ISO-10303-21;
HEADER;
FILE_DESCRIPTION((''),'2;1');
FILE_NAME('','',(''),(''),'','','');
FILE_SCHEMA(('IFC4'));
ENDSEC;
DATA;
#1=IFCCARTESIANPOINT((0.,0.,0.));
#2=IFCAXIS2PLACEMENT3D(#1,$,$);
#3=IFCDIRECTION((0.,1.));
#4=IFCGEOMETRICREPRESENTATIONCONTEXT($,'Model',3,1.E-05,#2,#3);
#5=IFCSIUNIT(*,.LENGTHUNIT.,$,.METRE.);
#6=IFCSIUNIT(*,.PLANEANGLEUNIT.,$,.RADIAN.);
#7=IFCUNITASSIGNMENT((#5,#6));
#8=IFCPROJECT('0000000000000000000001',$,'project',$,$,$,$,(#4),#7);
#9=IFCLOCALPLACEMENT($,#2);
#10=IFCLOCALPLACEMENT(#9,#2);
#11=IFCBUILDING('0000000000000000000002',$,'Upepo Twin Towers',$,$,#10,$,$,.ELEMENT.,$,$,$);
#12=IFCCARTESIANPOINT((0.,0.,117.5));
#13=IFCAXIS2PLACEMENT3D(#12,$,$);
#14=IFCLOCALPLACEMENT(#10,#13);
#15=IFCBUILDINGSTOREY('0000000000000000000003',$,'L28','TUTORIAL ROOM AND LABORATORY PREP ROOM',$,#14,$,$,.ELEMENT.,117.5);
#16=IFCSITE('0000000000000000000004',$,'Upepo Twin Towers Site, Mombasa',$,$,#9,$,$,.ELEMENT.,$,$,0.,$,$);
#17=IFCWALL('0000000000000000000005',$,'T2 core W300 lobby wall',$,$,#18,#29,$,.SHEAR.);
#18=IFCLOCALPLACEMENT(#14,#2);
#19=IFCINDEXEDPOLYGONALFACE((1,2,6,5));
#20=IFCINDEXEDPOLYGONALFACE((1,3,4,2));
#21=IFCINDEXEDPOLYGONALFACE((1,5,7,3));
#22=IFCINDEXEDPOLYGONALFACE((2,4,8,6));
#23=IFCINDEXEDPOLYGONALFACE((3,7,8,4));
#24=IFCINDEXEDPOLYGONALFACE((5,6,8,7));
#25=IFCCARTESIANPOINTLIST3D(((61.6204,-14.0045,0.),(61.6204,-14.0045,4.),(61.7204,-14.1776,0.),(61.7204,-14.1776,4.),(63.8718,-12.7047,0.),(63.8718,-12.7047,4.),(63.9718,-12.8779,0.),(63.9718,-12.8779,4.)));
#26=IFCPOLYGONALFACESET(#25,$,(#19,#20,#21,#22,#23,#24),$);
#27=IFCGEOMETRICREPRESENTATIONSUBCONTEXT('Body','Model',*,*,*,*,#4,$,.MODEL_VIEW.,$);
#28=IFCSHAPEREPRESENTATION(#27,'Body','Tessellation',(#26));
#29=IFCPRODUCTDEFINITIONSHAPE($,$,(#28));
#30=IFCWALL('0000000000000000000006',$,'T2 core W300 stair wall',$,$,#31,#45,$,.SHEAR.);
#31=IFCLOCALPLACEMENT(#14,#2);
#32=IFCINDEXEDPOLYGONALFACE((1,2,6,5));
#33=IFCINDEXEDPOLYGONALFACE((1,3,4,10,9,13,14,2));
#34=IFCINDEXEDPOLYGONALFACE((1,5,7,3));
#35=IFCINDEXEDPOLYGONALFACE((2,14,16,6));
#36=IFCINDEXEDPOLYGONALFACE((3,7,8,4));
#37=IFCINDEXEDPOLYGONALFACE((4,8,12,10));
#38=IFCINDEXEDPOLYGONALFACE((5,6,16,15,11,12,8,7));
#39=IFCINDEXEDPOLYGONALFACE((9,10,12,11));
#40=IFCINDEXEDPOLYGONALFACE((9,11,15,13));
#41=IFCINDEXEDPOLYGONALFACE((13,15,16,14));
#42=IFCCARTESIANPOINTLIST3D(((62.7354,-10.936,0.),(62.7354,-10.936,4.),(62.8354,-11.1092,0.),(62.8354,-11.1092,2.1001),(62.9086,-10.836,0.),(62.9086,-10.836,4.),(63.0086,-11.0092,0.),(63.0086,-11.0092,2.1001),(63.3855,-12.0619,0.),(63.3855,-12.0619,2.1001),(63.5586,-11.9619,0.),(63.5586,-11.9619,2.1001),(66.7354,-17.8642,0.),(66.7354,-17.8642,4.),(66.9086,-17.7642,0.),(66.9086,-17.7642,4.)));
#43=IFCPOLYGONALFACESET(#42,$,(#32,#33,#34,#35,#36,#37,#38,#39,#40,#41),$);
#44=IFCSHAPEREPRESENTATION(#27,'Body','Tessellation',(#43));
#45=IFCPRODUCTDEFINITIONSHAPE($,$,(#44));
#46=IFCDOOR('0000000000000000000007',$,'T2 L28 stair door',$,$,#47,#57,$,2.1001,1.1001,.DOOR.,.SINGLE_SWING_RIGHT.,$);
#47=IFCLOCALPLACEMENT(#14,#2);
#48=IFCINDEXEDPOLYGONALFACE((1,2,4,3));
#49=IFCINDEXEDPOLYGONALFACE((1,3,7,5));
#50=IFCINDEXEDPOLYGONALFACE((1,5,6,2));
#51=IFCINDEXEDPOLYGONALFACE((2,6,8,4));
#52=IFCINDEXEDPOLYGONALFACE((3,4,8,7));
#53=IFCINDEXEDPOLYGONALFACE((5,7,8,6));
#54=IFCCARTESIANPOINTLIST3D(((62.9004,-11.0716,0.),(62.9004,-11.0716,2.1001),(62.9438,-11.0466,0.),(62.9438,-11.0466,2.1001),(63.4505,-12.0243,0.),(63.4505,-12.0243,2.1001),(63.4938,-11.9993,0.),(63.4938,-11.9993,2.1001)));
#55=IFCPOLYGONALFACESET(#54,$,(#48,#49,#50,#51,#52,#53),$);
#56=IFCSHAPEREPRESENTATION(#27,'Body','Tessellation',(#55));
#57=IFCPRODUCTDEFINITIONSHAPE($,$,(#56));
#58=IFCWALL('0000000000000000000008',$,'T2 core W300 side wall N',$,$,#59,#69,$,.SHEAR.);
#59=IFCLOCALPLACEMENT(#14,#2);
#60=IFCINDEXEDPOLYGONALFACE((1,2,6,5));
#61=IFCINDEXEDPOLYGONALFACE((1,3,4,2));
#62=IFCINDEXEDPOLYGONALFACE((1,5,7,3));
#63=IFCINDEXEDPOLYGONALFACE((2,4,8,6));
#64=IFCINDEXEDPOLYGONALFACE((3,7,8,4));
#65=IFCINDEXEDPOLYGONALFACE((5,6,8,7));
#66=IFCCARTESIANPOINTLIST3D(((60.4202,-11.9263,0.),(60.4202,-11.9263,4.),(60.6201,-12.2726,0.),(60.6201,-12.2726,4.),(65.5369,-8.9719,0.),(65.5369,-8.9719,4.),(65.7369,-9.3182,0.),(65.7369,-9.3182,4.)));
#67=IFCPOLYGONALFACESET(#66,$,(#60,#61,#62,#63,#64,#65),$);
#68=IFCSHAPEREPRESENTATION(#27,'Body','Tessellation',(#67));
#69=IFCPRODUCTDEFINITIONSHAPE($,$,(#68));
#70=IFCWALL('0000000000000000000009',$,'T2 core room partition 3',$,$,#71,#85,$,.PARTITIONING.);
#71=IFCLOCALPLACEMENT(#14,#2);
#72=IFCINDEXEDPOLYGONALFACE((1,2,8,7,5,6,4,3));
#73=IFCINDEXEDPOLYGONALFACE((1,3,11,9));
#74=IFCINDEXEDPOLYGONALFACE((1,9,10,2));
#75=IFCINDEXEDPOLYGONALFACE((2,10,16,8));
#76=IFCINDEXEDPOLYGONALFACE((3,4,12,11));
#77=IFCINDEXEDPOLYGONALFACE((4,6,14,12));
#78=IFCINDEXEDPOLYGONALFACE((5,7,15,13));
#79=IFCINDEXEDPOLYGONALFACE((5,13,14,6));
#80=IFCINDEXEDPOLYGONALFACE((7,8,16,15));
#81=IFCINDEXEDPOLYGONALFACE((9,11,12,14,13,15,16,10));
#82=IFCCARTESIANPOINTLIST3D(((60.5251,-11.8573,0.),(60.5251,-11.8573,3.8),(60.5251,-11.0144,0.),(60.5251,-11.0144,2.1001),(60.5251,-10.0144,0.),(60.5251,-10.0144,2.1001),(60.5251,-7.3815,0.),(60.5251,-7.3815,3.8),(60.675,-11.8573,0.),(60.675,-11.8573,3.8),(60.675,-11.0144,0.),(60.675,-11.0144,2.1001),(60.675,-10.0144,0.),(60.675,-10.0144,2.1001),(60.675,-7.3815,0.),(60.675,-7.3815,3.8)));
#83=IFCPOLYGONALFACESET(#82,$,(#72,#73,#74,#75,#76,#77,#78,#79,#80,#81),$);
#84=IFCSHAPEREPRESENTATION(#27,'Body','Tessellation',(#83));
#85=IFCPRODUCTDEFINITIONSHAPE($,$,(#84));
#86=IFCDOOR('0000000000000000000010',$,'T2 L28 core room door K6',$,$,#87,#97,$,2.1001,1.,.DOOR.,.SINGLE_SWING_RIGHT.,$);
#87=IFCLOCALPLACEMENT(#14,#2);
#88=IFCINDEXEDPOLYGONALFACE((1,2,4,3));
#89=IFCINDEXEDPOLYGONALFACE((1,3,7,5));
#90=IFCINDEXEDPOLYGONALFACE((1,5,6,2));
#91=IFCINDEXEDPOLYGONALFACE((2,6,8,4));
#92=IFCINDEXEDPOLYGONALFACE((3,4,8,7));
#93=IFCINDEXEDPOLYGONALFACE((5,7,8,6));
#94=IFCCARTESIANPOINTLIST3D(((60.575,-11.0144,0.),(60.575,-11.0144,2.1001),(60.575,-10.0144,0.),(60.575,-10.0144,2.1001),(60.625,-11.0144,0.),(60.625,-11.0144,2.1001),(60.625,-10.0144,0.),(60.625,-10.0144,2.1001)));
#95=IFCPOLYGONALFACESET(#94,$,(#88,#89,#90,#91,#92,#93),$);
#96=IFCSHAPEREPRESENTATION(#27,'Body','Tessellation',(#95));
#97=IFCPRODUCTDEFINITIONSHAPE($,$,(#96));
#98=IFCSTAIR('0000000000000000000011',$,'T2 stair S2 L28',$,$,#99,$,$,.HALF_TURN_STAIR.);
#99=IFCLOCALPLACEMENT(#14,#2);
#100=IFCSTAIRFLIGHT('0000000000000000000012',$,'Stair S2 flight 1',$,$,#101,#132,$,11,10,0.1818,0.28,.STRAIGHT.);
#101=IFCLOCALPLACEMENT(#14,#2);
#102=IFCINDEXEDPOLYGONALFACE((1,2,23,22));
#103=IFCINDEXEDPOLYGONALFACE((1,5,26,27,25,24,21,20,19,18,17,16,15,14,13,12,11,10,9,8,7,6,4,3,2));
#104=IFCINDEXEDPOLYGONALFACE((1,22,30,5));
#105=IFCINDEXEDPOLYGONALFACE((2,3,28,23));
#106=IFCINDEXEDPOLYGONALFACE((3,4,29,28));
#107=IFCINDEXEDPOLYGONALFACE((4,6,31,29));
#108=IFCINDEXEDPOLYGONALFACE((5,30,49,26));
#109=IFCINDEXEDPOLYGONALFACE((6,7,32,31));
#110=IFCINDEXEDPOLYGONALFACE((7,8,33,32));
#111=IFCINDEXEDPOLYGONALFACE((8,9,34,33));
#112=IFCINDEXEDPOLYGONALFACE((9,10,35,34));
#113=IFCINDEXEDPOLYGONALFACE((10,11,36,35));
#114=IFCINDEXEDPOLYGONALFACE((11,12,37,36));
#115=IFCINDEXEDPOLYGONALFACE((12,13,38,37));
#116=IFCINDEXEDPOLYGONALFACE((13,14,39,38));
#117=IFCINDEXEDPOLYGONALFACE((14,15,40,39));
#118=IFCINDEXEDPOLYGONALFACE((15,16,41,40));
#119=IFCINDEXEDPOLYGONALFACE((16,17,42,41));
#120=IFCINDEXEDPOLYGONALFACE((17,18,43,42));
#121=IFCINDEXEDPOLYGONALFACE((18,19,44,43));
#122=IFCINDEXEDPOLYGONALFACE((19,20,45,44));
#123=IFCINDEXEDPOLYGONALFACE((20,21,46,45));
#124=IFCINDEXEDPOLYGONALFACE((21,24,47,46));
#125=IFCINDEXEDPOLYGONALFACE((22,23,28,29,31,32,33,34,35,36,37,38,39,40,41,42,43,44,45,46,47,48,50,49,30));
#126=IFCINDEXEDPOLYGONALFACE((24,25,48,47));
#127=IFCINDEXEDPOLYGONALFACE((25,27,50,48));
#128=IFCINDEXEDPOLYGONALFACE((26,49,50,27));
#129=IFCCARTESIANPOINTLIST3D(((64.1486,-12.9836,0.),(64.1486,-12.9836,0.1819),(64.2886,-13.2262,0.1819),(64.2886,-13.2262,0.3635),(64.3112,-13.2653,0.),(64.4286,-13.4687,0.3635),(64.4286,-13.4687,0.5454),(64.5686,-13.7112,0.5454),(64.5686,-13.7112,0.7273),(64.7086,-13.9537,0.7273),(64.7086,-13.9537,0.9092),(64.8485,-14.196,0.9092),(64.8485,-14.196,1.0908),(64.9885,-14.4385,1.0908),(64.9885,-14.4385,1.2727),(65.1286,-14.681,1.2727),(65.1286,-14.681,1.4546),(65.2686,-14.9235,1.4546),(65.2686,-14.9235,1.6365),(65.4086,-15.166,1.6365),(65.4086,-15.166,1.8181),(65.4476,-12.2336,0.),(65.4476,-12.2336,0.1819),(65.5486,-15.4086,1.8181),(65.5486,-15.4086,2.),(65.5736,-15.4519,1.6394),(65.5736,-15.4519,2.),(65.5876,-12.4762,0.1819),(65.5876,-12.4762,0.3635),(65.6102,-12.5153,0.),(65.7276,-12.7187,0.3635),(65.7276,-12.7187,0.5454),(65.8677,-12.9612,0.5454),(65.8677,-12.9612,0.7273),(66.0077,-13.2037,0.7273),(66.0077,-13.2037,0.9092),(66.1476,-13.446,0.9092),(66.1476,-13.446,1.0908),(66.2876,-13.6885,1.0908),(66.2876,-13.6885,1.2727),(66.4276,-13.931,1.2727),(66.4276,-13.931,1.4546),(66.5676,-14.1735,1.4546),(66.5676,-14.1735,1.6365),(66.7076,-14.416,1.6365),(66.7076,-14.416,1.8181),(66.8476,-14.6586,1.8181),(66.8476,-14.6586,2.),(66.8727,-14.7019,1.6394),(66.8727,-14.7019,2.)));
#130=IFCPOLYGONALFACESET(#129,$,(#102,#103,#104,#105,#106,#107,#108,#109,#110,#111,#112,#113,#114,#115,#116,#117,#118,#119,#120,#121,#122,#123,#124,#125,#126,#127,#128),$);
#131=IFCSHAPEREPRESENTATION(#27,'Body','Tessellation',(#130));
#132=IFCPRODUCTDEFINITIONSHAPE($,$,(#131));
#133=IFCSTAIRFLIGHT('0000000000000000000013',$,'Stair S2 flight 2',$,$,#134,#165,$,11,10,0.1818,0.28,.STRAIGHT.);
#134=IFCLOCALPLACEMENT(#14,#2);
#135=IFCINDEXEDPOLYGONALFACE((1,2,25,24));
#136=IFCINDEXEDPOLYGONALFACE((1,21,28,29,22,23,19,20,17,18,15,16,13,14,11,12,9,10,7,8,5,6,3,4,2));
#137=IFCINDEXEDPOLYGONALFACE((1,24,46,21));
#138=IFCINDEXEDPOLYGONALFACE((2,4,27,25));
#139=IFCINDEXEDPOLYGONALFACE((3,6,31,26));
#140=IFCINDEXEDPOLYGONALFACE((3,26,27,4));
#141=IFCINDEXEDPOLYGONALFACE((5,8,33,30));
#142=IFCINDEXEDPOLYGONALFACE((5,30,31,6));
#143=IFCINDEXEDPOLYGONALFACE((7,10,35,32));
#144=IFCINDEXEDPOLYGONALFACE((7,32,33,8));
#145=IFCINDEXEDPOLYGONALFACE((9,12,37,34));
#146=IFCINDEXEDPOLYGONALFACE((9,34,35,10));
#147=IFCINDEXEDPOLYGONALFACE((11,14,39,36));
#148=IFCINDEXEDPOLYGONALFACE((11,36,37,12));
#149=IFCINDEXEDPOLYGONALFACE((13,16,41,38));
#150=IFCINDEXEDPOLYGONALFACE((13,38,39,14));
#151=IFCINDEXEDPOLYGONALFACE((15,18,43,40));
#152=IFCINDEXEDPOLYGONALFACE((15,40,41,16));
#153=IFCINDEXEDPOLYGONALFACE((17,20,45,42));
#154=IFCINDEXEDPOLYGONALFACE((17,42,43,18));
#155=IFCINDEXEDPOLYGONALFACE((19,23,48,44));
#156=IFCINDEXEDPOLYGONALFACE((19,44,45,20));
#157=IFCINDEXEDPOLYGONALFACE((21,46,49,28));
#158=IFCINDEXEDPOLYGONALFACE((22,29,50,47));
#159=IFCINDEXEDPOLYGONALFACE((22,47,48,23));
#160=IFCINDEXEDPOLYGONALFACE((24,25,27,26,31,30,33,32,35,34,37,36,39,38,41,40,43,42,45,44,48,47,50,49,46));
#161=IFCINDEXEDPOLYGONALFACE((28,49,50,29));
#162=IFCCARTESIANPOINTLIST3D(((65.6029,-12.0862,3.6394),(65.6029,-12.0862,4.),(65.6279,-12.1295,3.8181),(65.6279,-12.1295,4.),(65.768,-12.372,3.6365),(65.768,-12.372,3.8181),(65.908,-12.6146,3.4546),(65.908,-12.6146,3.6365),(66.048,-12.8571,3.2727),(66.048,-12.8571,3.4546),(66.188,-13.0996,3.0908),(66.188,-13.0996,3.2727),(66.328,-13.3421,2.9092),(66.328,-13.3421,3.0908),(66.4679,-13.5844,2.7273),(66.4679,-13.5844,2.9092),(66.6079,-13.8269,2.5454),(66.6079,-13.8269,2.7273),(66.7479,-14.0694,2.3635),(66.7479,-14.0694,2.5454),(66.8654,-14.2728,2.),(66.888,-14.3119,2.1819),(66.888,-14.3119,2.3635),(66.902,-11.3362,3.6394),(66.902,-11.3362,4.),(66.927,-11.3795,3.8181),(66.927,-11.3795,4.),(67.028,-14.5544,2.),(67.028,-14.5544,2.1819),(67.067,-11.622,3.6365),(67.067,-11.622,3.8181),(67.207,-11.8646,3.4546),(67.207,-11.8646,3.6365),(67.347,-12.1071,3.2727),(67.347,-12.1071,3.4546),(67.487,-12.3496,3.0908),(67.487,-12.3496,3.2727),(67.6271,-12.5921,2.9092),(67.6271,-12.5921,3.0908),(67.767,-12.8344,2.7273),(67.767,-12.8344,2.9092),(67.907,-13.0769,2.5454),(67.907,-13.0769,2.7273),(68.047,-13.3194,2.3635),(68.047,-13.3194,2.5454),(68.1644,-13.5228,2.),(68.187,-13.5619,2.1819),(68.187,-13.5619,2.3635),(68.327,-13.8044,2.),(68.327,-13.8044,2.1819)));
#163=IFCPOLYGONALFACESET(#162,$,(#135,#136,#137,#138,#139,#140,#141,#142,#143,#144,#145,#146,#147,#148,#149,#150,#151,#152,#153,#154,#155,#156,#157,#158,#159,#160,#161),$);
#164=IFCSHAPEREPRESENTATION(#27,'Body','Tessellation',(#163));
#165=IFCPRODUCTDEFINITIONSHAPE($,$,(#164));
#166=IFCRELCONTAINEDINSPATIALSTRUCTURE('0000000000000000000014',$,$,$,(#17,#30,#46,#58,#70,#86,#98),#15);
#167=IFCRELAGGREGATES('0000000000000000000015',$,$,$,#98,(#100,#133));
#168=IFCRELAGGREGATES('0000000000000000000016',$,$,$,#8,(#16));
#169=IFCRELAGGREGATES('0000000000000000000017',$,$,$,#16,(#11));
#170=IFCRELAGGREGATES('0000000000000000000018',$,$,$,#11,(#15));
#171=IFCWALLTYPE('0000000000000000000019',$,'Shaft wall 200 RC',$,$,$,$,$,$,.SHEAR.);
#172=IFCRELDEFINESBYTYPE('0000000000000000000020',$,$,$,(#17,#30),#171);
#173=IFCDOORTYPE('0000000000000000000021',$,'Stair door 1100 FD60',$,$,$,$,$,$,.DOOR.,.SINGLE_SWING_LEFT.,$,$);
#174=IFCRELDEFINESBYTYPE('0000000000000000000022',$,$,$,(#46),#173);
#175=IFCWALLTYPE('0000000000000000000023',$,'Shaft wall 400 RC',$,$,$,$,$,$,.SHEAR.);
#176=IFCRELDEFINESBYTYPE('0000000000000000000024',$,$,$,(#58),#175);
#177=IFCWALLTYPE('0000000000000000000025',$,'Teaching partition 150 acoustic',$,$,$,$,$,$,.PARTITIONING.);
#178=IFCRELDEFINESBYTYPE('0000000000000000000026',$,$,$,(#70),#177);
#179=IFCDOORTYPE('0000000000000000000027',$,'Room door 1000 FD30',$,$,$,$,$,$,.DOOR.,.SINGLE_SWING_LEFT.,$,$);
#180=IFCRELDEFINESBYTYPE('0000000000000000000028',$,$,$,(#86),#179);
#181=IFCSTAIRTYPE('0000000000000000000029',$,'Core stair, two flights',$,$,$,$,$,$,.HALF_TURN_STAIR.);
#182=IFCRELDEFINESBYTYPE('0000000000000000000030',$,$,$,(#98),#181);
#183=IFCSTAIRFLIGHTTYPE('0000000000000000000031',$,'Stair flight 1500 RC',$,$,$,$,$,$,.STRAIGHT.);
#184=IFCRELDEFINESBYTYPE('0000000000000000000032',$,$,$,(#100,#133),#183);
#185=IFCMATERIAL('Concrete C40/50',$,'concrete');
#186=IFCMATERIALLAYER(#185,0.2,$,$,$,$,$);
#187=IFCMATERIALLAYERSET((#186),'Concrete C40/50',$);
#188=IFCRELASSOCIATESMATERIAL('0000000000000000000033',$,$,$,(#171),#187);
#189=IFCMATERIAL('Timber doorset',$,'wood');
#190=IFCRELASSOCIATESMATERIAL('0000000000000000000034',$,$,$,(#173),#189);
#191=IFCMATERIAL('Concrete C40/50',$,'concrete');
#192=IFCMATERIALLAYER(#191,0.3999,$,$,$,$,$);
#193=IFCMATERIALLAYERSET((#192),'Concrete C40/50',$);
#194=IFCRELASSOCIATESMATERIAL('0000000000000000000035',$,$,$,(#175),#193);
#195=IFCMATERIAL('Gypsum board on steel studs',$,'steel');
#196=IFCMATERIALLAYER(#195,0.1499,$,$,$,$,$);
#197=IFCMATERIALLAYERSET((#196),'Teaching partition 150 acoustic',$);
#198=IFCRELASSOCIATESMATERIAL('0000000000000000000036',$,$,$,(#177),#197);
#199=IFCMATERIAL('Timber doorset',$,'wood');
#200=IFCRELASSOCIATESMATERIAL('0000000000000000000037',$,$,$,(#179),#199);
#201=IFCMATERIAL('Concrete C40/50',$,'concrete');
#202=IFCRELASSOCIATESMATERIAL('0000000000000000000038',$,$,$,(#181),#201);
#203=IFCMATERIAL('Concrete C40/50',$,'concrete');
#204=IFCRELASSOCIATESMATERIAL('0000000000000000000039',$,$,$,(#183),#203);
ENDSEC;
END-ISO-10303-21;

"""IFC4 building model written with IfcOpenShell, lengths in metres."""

from ifc_helpers import new_model, si_unit, direction, frame, frame_2d, origin, place, context, subcontext, project, spatial, polyline, rectangle, outline, extrude, material, layer, layer_set, type_object, element, fill, aggregate, save


model = new_model("IFC4")

# Units and contexts
model_context = context("Model", 3, precision=1e-05, world=origin(), true_north=direction((0.0, 1.0)))
body_context = subcontext(model_context, "Body", "Model", "MODEL_VIEW")
ifc_project = project(units=[si_unit("LENGTHUNIT", "METRE"), si_unit("PLANEANGLEUNIT", "RADIAN")], contexts=[model_context])

# Site, building, storey
site_placement = place(None, origin())
site = spatial("IfcSite", under=ifc_project, at=site_placement, Name="Upepo Twin Towers Site, Mombasa", CompositionType="ELEMENT", RefElevation=0.0)
building_placement = place(site_placement, origin())
building = spatial("IfcBuilding", under=site, at=building_placement, Name="Upepo Twin Towers", CompositionType="ELEMENT")
storey_placement = place(building_placement, frame((0.0, 0.0, 117.5)))
storey = spatial("IfcBuildingStorey", under=building, at=storey_placement, Name="L28", Description="TUTORIAL ROOM AND LABORATORY PREP ROOM", CompositionType="ELEMENT", Elevation=117.5)

# Shared definitions
ifc_material_1 = material(Name="Concrete C40/50", Category="concrete")
ifc_layer_1 = layer(ifc_material_1, 0.2)
ifc_layer_set_1 = layer_set([ifc_layer_1], Name="Concrete C40/50")
wall_type_1 = type_object("IfcWallType", Name="Shaft wall 200 RC", PredefinedType="SHEAR", material=ifc_layer_set_1)

# Wall
wall_1_placement = place(storey_placement, frame((61.6704, -14.0911, 0.0), z_axis=(0.0, 0.0, 1.0), x_axis=(0.866039, 0.499977, 0.0)))
element("IfcWall", 1, at=wall_1_placement, inside=storey, type_object=wall_type_1, Name="T2 core W300 lobby wall", PredefinedType="SHEAR", context=body_context, shape_type="SweptSolid", body=[
    extrude(rectangle(XDim=2.5996, YDim=0.2, at=frame_2d((1.2998, 0.0))), origin(), (0.0, 0.0, 1.0), 4.0),
])

# Wall, opening, door
wall_2_placement = place(storey_placement, frame((66.822, -17.8142, 0.0), z_axis=(0.0, 0.0, 1.0), x_axis=(-0.499999, 0.866026, 0.0)))
wall_2 = element("IfcWall", 2, at=wall_2_placement, inside=storey, type_object=wall_type_1, Name="T2 core W300 stair wall", PredefinedType="SHEAR", context=body_context, shape_type="SweptSolid", body=[
    extrude(rectangle(XDim=8.0, YDim=0.2, at=frame_2d((4.0, 0.0))), origin(), (0.0, 0.0, 1.0), 4.0),
])
opening_1_placement = place(wall_2_placement, frame((6.7, 0.0, 0.0)))
opening_1 = element("IfcOpeningElement", 3, at=opening_1_placement, cuts=wall_2, PredefinedType="OPENING", context=body_context, shape_type="SweptSolid", body=[
    extrude(rectangle(XDim=1.1001, YDim=2.1001, at=frame_2d((0.55, 1.05))), frame((0.0, 0.1099, 0.0), z_axis=(0.0, -1.0, 0.0), x_axis=(1.0, 0.0, 0.0)), (0.0, 0.0, 1.0), 0.22),
])
ifc_material_2 = material(Name="Timber doorset", Category="wood")
door_type_1 = type_object("IfcDoorType", Name="Stair door 1100 FD60", OperationType="SINGLE_SWING_LEFT", PredefinedType="DOOR", material=ifc_material_2)
door_1_placement = place(opening_1_placement, origin())
door_1 = element("IfcDoor", 4, at=door_1_placement, inside=storey, type_object=door_type_1, Name="T2 L28 stair door", OperationType="SINGLE_SWING_RIGHT", OverallHeight=2.1001, OverallWidth=1.1001, PredefinedType="DOOR", context=body_context, shape_type="SweptSolid", body=[
    extrude(rectangle(XDim=1.1001, YDim=2.1001, at=frame_2d((0.55, 1.05))), frame((0.0, 0.0249, 0.0), z_axis=(0.0, -1.0, 0.0), x_axis=(1.0, 0.0, 0.0)), (0.0, 0.0, 1.0), 0.05),
])
fill(opening_1, door_1)

# Wall
ifc_material_3 = material(Name="Concrete C40/50", Category="concrete")
ifc_layer_2 = layer(ifc_material_3, 0.3999)
ifc_layer_set_2 = layer_set([ifc_layer_2], Name="Concrete C40/50")
wall_type_2 = type_object("IfcWallType", Name="Shaft wall 400 RC", PredefinedType="SHEAR", material=ifc_layer_set_2)
wall_3_placement = place(storey_placement, frame((60.5203, -12.0994, 0.0), z_axis=(0.0, 0.0, 1.0), x_axis=(0.866009, 0.500028, 0.0)))
element("IfcWall", 5, at=wall_3_placement, inside=storey, type_object=wall_type_2, Name="T2 core W300 side wall N", PredefinedType="SHEAR", context=body_context, shape_type="SweptSolid", body=[
    extrude(rectangle(XDim=5.9084, YDim=0.3999, at=frame_2d((2.9541, 0.0))), origin(), (0.0, 0.0, 1.0), 4.0),
])

# Wall, opening, door
ifc_material_4 = material(Name="Gypsum board on steel studs", Category="steel")
ifc_layer_3 = layer(ifc_material_4, 0.1499)
ifc_layer_set_3 = layer_set([ifc_layer_3], Name="Teaching partition 150 acoustic")
wall_type_3 = type_object("IfcWallType", Name="Teaching partition 150 acoustic", PredefinedType="PARTITIONING", material=ifc_layer_set_3)
wall_4_placement = place(storey_placement, frame((60.6001, -7.3816, 0.0), z_axis=(0.0, 0.0, 1.0), x_axis=(0.0, -1.0, 0.0)))
wall_4 = element("IfcWall", 6, at=wall_4_placement, inside=storey, type_object=wall_type_3, Name="T2 core room partition 3", PredefinedType="PARTITIONING", context=body_context, shape_type="SweptSolid", body=[
    extrude(rectangle(XDim=4.4758, YDim=0.1499, at=frame_2d((2.2378, 0.0))), origin(), (0.0, 0.0, 1.0), 3.8),
])
opening_2_placement = place(wall_4_placement, frame((2.6328, 0.0, 0.0)))
opening_2 = element("IfcOpeningElement", 7, at=opening_2_placement, cuts=wall_4, PredefinedType="OPENING", context=body_context, shape_type="SweptSolid", body=[
    extrude(rectangle(XDim=1.0, YDim=2.1001, at=frame_2d((0.5, 1.05))), frame((0.0, 0.085, 0.0), z_axis=(0.0, -1.0, 0.0), x_axis=(1.0, 0.0, 0.0)), (0.0, 0.0, 1.0), 0.1699),
])
ifc_material_5 = material(Name="Timber doorset", Category="wood")
door_type_2 = type_object("IfcDoorType", Name="Room door 1000 FD30", OperationType="SINGLE_SWING_LEFT", PredefinedType="DOOR", material=ifc_material_5)
door_2_placement = place(opening_2_placement, origin())
door_2 = element("IfcDoor", 8, at=door_2_placement, inside=storey, type_object=door_type_2, Name="T2 L28 core room door K6", OperationType="SINGLE_SWING_RIGHT", OverallHeight=2.1001, OverallWidth=1.0, PredefinedType="DOOR", context=body_context, shape_type="SweptSolid", body=[
    extrude(rectangle(XDim=1.0, YDim=2.1001, at=frame_2d((0.5, 1.05))), frame((0.0, 0.0249, 0.0), z_axis=(0.0, -1.0, 0.0), x_axis=(1.0, 0.0, 0.0)), (0.0, 0.0, 1.0), 0.05),
])
fill(opening_2, door_2)

# Stair, stair flights
ifc_material_6 = material(Name="Concrete C40/50", Category="concrete")
stair_type = type_object("IfcStairType", Name="Core stair, two flights", PredefinedType="HALF_TURN_STAIR", material=ifc_material_6)
stair_placement = place(storey_placement, origin())
stair = element("IfcStair", 9, at=stair_placement, inside=storey, type_object=stair_type, Name="T2 stair S2 L28", PredefinedType="HALF_TURN_STAIR")
ifc_material_7 = material(Name="Concrete C40/50", Category="concrete")
stair_flight_type = type_object("IfcStairFlightType", Name="Stair flight 1500 RC", PredefinedType="STRAIGHT", material=ifc_material_7)
stair_flight_1_placement = place(storey_placement, frame((64.7981, -12.6086, 0.0), z_axis=(0.0, 0.0, 1.0), x_axis=(0.5, -0.866025, 0.0)))
stair_flight_1 = element("IfcStairFlight", 10, at=stair_flight_1_placement, type_object=stair_flight_type, Name="Stair S2 flight 1", NumberOfRisers=11, NumberOfTreads=10, PredefinedType="STRAIGHT", RiserHeight=0.1818, TreadLength=0.28, context=body_context, shape_type="SweptSolid", body=[
    extrude(outline(polyline([(0.0, 0.0), (0.0, 0.1819), (0.28, 0.1819), (0.28, 0.3635), (0.5601, 0.3635), (0.5601, 0.5454), (0.8401, 0.5454), (0.8401, 0.7273), (1.1201, 0.7273), (1.1201, 0.9092), (1.3999, 0.9092), (1.3999, 1.0908), (1.6799, 1.0908), (1.6799, 1.2727), (1.96, 1.2727), (1.96, 1.4546), (2.24, 1.4546), (2.24, 1.6365), (2.52, 1.6365), (2.52, 1.8181), (2.8, 1.8181), (2.8, 2.0), (2.8501, 2.0), (2.8501, 1.6394), (0.3252, 0.0), (0.0, 0.0)])), frame((0.0, 0.75, 0.0), z_axis=(0.0, -1.0, 0.0), x_axis=(1.0, 0.0, 0.0)), (0.0, 0.0, 1.0), 1.5),
])
stair_flight_2_placement = place(storey_placement, frame((67.6775, -14.1794, 2.0), z_axis=(0.0, 0.0, 1.0), x_axis=(-0.5, 0.866025, 0.0)))
stair_flight_2 = element("IfcStairFlight", 11, at=stair_flight_2_placement, type_object=stair_flight_type, Name="Stair S2 flight 2", NumberOfRisers=11, NumberOfTreads=10, PredefinedType="STRAIGHT", RiserHeight=0.1818, TreadLength=0.28, context=body_context, shape_type="SweptSolid", body=[
    extrude(outline(polyline([(0.0, 0.0), (0.0, 0.1819), (0.28, 0.1819), (0.28, 0.3635), (0.5601, 0.3635), (0.5601, 0.5454), (0.8401, 0.5454), (0.8401, 0.7273), (1.1201, 0.7273), (1.1201, 0.9092), (1.3999, 0.9092), (1.3999, 1.0908), (1.6799, 1.0908), (1.6799, 1.2727), (1.96, 1.2727), (1.96, 1.4546), (2.24, 1.4546), (2.24, 1.6365), (2.52, 1.6365), (2.52, 1.8181), (2.8, 1.8181), (2.8, 2.0), (2.8501, 2.0), (2.8501, 1.6394), (0.3252, 0.0), (0.0, 0.0)])), frame((0.0, 0.75, 0.0), z_axis=(0.0, -1.0, 0.0), x_axis=(1.0, 0.0, 0.0)), (0.0, 0.0, 1.0), 1.5),
])
aggregate(stair, [stair_flight_1, stair_flight_2])

save(model, "model.ifc")
